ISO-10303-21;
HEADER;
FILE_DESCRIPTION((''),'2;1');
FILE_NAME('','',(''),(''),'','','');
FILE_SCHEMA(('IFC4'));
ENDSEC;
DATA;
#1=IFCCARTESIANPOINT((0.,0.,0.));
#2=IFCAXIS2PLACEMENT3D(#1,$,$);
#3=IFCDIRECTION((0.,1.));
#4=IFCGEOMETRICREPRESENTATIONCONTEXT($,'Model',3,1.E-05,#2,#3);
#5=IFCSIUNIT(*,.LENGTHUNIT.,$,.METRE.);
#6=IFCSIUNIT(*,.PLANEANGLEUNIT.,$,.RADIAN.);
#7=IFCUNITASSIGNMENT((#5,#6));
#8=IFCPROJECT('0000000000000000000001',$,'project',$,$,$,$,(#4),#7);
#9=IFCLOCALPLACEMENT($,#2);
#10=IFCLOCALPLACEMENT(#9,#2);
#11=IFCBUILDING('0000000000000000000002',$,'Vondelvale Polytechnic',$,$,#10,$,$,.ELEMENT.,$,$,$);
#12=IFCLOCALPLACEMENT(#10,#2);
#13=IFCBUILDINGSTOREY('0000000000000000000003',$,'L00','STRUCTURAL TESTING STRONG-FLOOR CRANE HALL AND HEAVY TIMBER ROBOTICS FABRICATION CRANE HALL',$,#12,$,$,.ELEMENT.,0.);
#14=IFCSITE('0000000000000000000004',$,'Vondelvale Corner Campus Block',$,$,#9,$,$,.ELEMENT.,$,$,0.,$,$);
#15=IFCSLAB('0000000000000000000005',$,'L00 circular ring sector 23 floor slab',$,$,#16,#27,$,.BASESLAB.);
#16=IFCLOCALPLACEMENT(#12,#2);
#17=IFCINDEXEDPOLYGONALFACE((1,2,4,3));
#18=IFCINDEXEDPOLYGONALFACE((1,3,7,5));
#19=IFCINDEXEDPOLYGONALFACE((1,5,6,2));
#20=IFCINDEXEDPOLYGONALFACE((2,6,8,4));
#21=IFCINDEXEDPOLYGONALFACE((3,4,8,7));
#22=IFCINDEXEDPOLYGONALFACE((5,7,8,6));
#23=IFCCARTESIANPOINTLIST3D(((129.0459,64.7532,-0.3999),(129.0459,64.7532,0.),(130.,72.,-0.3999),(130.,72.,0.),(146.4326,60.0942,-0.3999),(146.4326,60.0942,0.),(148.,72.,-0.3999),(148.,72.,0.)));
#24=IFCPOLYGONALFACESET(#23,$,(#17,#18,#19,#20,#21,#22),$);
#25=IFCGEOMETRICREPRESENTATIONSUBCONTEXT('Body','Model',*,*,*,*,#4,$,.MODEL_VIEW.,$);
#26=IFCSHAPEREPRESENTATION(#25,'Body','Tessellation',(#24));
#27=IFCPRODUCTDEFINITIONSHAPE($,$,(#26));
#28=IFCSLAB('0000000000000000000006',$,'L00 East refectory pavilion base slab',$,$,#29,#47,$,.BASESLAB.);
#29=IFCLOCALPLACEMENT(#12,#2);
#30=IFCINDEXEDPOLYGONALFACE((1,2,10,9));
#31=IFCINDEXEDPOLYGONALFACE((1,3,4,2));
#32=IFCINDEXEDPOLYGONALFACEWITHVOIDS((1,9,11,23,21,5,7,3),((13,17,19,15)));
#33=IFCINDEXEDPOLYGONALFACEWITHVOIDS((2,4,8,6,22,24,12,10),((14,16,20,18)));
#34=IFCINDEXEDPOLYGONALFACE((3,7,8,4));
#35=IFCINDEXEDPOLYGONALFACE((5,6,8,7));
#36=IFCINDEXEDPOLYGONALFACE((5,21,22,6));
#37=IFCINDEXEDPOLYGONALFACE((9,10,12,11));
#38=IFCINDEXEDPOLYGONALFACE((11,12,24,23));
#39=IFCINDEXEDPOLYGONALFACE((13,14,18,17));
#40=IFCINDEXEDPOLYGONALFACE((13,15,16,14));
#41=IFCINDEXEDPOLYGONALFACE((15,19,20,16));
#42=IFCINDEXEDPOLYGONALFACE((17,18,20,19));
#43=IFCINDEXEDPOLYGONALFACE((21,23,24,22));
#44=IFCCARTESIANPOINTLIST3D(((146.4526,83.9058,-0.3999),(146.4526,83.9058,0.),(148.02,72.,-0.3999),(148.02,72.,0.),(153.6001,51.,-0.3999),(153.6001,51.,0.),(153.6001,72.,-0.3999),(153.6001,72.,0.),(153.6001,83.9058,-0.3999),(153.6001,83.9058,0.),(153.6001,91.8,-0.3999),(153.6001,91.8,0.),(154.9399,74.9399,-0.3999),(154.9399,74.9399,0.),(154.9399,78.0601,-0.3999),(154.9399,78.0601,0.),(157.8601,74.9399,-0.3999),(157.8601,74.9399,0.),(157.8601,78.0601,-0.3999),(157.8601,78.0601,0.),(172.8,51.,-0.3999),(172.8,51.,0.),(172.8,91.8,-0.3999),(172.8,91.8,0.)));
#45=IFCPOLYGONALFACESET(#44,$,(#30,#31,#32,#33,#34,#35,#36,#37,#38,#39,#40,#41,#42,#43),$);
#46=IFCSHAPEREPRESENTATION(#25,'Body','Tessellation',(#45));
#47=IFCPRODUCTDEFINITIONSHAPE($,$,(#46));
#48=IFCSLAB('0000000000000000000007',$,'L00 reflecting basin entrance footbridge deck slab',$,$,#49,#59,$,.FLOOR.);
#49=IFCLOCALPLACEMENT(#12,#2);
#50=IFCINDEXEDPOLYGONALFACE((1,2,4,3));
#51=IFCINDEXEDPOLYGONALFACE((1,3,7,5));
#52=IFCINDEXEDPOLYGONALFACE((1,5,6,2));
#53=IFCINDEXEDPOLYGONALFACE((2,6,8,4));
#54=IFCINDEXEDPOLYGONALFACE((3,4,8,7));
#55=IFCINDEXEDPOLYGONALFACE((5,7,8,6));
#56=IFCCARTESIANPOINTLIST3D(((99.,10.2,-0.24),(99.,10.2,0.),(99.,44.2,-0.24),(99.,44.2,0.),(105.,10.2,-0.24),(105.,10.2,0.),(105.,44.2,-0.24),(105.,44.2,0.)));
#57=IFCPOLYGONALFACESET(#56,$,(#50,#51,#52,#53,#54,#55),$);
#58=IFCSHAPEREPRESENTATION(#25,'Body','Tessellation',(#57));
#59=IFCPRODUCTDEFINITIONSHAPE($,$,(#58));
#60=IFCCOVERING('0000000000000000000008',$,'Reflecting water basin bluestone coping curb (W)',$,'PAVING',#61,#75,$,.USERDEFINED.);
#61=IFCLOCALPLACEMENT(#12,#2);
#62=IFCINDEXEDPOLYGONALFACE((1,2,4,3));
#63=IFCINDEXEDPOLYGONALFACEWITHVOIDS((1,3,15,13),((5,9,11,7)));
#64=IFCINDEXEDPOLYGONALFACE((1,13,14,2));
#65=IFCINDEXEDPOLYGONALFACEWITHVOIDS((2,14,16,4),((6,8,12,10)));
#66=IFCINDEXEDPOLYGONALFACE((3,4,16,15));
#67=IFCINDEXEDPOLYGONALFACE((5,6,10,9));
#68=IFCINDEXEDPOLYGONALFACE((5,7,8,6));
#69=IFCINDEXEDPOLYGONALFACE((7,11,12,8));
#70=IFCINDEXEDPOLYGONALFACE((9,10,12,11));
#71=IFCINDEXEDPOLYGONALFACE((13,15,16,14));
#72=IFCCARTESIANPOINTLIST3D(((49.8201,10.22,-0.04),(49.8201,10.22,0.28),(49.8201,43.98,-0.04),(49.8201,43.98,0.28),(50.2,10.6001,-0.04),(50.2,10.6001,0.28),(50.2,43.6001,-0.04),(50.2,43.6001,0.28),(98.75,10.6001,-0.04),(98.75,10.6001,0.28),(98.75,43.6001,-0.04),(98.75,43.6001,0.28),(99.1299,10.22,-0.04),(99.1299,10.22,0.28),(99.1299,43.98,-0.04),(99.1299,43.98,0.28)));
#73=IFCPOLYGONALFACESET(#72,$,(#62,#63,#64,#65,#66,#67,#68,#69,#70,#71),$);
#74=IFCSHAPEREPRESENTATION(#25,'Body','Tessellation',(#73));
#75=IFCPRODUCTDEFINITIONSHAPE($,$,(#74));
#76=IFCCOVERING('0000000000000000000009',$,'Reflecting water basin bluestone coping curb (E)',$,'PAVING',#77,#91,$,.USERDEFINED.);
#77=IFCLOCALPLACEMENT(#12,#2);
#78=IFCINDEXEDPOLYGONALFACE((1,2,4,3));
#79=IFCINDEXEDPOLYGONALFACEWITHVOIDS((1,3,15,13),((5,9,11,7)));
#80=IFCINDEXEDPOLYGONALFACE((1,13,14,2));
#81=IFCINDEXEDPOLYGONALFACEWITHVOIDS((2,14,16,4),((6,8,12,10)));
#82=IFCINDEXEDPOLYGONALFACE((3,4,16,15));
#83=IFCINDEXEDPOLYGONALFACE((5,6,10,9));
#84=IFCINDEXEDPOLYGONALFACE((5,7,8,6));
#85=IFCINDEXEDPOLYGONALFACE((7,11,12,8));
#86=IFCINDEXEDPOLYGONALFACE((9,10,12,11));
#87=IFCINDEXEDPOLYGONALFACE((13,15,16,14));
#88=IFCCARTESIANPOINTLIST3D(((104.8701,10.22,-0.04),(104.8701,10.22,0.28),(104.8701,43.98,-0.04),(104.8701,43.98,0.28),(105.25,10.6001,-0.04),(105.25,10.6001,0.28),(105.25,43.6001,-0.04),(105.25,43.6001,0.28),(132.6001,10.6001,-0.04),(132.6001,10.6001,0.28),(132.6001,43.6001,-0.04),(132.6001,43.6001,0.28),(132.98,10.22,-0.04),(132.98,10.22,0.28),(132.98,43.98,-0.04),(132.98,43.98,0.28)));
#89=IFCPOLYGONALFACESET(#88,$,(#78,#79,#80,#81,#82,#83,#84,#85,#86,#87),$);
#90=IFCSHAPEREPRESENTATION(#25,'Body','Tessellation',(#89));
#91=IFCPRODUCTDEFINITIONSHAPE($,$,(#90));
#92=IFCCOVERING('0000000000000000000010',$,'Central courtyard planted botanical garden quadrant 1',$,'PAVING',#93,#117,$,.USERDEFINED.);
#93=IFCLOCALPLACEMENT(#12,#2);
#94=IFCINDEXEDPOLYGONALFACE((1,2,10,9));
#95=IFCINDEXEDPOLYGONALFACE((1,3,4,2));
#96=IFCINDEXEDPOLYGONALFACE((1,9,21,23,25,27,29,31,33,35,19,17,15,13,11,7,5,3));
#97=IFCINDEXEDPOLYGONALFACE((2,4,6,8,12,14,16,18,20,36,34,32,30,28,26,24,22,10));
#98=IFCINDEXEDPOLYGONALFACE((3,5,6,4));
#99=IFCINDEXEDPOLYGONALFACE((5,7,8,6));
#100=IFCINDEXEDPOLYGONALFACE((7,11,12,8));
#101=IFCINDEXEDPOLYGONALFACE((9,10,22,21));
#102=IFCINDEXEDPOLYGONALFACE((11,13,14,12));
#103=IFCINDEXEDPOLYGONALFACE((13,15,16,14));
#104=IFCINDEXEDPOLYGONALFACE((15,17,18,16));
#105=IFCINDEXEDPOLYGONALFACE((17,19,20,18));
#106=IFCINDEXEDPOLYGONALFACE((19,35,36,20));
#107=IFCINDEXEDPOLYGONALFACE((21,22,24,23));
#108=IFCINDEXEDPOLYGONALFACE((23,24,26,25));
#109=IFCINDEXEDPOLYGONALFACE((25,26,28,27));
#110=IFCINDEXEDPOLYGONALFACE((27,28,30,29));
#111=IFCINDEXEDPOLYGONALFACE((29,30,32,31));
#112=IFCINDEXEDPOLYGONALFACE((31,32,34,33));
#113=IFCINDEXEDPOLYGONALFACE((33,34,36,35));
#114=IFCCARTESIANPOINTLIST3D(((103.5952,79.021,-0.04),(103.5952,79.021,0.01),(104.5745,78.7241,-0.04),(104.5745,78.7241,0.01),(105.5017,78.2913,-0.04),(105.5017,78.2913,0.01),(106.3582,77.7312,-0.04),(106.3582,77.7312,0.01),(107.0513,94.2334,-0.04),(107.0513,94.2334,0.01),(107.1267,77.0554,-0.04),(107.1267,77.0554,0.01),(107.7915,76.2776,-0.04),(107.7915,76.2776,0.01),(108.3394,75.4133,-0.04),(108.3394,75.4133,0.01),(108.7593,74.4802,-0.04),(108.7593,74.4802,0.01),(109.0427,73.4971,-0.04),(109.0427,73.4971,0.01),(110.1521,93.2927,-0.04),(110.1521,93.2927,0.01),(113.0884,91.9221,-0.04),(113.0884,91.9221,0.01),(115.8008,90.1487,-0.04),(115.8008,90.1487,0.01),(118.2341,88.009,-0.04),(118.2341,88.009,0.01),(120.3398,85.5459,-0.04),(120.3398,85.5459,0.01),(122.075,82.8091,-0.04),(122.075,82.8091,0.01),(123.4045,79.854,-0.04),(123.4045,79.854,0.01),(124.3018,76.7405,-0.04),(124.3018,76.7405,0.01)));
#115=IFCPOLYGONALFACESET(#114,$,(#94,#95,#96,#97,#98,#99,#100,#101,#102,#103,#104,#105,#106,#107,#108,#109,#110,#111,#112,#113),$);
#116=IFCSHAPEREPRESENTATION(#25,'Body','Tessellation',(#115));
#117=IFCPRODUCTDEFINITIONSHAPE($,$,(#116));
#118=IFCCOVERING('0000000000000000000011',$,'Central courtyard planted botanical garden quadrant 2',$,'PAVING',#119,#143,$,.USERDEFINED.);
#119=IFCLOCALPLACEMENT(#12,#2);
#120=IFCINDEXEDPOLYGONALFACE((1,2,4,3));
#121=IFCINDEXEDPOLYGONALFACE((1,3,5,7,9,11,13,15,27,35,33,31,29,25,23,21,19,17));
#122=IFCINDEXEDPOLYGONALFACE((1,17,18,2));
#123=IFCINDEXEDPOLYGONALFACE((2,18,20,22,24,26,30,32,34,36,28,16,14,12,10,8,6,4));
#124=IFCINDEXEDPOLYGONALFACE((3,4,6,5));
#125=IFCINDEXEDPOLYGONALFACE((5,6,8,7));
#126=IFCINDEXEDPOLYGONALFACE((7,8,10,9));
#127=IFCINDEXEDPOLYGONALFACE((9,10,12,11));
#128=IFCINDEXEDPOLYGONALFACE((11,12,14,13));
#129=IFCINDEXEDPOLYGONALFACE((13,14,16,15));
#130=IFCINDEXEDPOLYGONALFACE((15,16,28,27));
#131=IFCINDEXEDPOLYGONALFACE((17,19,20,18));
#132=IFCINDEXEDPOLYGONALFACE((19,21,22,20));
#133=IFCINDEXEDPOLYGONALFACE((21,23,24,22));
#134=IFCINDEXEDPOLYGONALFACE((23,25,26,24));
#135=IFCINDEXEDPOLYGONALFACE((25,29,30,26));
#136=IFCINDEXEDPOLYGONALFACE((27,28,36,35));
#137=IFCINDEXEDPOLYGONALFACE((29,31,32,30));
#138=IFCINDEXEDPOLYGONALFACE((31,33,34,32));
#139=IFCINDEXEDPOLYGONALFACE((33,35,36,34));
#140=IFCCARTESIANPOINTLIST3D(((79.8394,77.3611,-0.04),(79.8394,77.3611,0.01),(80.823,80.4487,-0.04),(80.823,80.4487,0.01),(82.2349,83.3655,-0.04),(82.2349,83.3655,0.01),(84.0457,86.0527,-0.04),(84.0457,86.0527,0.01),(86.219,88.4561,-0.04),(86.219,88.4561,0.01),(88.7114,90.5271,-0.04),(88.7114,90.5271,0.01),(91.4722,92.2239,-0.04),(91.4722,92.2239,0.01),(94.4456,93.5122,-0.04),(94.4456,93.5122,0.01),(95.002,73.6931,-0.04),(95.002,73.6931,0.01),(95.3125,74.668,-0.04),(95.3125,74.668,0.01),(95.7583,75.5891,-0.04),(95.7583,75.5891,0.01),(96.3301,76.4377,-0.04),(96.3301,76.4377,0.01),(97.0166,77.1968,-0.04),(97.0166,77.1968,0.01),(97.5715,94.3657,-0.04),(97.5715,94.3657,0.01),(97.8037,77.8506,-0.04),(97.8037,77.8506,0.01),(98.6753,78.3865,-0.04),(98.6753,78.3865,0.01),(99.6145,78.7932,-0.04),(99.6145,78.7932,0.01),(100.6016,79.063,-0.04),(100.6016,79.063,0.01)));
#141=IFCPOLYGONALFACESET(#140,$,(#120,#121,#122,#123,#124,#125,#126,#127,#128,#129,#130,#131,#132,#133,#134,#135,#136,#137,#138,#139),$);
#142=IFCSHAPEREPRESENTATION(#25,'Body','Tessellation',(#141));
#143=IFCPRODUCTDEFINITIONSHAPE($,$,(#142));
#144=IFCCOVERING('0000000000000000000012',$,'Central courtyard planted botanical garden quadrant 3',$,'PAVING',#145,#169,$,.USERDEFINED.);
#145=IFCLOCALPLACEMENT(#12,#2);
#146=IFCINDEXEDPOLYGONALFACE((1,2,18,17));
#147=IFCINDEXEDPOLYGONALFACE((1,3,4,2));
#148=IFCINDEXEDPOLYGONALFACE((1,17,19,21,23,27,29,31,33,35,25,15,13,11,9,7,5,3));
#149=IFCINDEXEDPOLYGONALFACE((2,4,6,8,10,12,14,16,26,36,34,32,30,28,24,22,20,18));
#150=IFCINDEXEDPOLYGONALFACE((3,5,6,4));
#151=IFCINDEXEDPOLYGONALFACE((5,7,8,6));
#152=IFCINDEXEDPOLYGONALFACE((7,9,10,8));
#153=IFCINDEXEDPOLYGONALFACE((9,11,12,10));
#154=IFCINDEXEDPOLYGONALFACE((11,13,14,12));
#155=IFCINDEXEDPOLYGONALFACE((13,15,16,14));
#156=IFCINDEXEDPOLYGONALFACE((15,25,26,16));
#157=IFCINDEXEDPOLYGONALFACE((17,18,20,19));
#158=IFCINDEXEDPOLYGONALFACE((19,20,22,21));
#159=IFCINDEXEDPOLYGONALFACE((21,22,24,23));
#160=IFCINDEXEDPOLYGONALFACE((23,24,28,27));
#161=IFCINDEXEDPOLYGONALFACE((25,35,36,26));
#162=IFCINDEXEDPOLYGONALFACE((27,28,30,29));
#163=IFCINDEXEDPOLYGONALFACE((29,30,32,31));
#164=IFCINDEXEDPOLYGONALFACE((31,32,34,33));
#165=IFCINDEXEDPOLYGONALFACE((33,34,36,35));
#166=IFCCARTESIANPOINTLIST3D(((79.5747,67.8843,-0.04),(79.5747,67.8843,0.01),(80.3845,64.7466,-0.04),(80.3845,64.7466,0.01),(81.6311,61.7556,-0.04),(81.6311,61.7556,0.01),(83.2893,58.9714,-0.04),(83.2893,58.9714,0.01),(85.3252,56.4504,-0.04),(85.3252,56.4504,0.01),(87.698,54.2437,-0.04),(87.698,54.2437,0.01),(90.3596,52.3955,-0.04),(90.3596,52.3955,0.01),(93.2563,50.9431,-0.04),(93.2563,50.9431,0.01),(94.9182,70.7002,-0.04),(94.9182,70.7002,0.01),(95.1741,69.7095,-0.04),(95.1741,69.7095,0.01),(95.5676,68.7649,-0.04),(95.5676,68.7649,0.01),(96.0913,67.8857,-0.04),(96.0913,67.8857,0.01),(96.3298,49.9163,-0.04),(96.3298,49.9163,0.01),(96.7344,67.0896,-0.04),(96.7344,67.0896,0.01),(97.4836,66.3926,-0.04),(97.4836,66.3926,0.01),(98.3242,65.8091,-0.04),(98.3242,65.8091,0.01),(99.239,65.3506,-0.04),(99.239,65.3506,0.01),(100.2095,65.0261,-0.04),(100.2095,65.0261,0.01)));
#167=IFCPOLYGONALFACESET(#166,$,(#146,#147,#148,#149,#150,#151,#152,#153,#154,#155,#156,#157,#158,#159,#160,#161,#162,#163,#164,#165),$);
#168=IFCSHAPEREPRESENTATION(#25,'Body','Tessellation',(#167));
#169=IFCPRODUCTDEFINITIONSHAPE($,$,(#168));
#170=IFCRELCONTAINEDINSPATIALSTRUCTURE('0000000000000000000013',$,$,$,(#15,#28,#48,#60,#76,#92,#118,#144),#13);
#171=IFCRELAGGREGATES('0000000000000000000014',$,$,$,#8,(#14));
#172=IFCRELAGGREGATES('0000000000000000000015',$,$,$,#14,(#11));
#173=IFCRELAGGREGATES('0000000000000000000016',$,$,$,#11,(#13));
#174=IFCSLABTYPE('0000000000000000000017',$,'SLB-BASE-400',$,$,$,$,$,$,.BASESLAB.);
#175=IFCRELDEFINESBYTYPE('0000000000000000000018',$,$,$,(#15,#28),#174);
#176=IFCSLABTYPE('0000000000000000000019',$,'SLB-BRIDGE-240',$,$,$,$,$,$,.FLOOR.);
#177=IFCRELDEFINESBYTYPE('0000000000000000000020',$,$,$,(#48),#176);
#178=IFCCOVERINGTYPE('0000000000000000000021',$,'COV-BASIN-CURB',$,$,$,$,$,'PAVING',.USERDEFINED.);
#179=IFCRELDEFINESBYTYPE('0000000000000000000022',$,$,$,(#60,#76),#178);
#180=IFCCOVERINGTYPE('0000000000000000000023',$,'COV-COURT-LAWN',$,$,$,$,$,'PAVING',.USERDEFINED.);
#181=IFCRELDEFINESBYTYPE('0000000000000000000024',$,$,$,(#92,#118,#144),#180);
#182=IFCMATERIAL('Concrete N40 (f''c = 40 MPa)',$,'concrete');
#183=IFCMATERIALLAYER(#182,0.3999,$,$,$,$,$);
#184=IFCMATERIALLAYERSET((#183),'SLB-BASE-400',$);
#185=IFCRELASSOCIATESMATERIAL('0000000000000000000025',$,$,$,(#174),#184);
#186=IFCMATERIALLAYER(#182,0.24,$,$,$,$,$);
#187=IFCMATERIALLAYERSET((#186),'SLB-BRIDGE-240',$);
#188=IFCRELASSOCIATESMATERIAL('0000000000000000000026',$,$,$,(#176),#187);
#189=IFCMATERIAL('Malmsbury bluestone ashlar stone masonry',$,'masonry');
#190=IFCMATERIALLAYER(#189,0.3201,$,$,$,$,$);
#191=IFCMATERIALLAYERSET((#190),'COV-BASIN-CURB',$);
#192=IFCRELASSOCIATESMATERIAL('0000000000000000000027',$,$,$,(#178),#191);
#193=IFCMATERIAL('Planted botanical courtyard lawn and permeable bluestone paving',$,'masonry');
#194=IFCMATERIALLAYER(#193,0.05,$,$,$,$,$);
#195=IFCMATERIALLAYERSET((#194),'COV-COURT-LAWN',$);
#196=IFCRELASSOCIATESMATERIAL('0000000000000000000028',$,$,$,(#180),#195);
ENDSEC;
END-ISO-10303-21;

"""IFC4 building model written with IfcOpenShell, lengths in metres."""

from ifc_helpers import new_model, si_unit, direction, frame, origin, place, context, subcontext, project, spatial, polyline, outline, extrude, material, layer, layer_set, type_object, element, save


model = new_model("IFC4")

# Units and contexts
model_context = context("Model", 3, precision=1e-05, world=origin(), true_north=direction((0.0, 1.0)))
body_context = subcontext(model_context, "Body", "Model", "MODEL_VIEW")
ifc_project = project(units=[si_unit("LENGTHUNIT", "METRE"), si_unit("PLANEANGLEUNIT", "RADIAN")], contexts=[model_context])

# Site, building, storey
site_placement = place(None, origin())
site = spatial("IfcSite", under=ifc_project, at=site_placement, Name="Vondelvale Corner Campus Block", CompositionType="ELEMENT", RefElevation=0.0)
building_placement = place(site_placement, origin())
building = spatial("IfcBuilding", under=site, at=building_placement, Name="Vondelvale Polytechnic", CompositionType="ELEMENT")
storey_placement = place(building_placement, origin())
storey = spatial("IfcBuildingStorey", under=building, at=storey_placement, Name="L00", Description="STRUCTURAL TESTING STRONG-FLOOR CRANE HALL AND HEAVY TIMBER ROBOTICS FABRICATION CRANE HALL", CompositionType="ELEMENT", Elevation=0.0)

# Slabs
ifc_material_1 = material(Name="Concrete N40 (f'c = 40 MPa)", Category="concrete")
ifc_layer_1 = layer(ifc_material_1, 0.3999)
ifc_layer_set_1 = layer_set([ifc_layer_1], Name="SLB-BASE-400")
slab_type_1 = type_object("IfcSlabType", Name="SLB-BASE-400", PredefinedType="BASESLAB", material=ifc_layer_set_1)
slab_1_placement = place(storey_placement, frame((0.0, 0.0, -0.3999)))
element("IfcSlab", 1, at=slab_1_placement, inside=storey, type_object=slab_type_1, Name="L00 circular ring sector 23 floor slab", PredefinedType="BASESLAB", context=body_context, shape_type="SweptSolid", body=[
    extrude(outline(polyline([(129.0459, 64.7532), (146.4326, 60.0942), (148.0, 72.0), (130.0, 72.0), (129.0459, 64.7532)])), origin(), (0.0, 0.0, 1.0), 0.3999),
])
slab_2_placement = place(storey_placement, frame((0.0, 0.0, -0.3999)))
element("IfcSlab", 2, at=slab_2_placement, inside=storey, type_object=slab_type_1, Name="L00 East refectory pavilion base slab", PredefinedType="BASESLAB", context=body_context, shape_type="SweptSolid", body=[
    extrude(outline(polyline([(153.6001, 51.0), (172.8, 51.0), (172.8, 91.8), (153.6001, 91.8), (153.6001, 83.9058), (146.4526, 83.9058), (148.02, 72.0), (153.6001, 72.0), (153.6001, 51.0)]), holes=[polyline([(154.9399, 74.9399), (157.8601, 74.9399), (157.8601, 78.0601), (154.9399, 78.0601), (154.9399, 74.9399)])]), origin(), (0.0, 0.0, 1.0), 0.3999),
])
ifc_layer_2 = layer(ifc_material_1, 0.24)
ifc_layer_set_2 = layer_set([ifc_layer_2], Name="SLB-BRIDGE-240")
slab_type_2 = type_object("IfcSlabType", Name="SLB-BRIDGE-240", PredefinedType="FLOOR", material=ifc_layer_set_2)
slab_3_placement = place(storey_placement, frame((0.0, 0.0, -0.24)))
element("IfcSlab", 3, at=slab_3_placement, inside=storey, type_object=slab_type_2, Name="L00 reflecting basin entrance footbridge deck slab", PredefinedType="FLOOR", context=body_context, shape_type="SweptSolid", body=[
    extrude(outline(polyline([(99.0, 10.2), (105.0, 10.2), (105.0, 44.2), (99.0, 44.2), (99.0, 10.2)])), origin(), (0.0, 0.0, 1.0), 0.24),
])

# Coverings
ifc_material_2 = material(Name="Malmsbury bluestone ashlar stone masonry", Category="masonry")
ifc_layer_3 = layer(ifc_material_2, 0.3201)
ifc_layer_set_3 = layer_set([ifc_layer_3], Name="COV-BASIN-CURB")
covering_type_1 = type_object("IfcCoveringType", Name="COV-BASIN-CURB", ElementType="PAVING", PredefinedType="USERDEFINED", material=ifc_layer_set_3)
covering_1_placement = place(storey_placement, frame((0.0, 0.0, -0.04)))
element("IfcCovering", 4, at=covering_1_placement, inside=storey, type_object=covering_type_1, Name="Reflecting water basin bluestone coping curb (W)", ObjectType="PAVING", PredefinedType="USERDEFINED", context=body_context, shape_type="SweptSolid", body=[
    extrude(outline(polyline([(49.8201, 10.22), (99.1299, 10.22), (99.1299, 43.98), (49.8201, 43.98), (49.8201, 10.22)]), holes=[polyline([(50.2, 10.6001), (98.75, 10.6001), (98.75, 43.6001), (50.2, 43.6001), (50.2, 10.6001)])]), origin(), (0.0, 0.0, 1.0), 0.3201),
])
covering_2_placement = place(storey_placement, frame((0.0, 0.0, -0.04)))
element("IfcCovering", 5, at=covering_2_placement, inside=storey, type_object=covering_type_1, Name="Reflecting water basin bluestone coping curb (E)", ObjectType="PAVING", PredefinedType="USERDEFINED", context=body_context, shape_type="SweptSolid", body=[
    extrude(outline(polyline([(104.8701, 10.22), (132.98, 10.22), (132.98, 43.98), (104.8701, 43.98), (104.8701, 10.22)]), holes=[polyline([(105.25, 10.6001), (132.6001, 10.6001), (132.6001, 43.6001), (105.25, 43.6001), (105.25, 10.6001)])]), origin(), (0.0, 0.0, 1.0), 0.3201),
])
ifc_material_3 = material(Name="Planted botanical courtyard lawn and permeable bluestone paving", Category="masonry")
ifc_layer_4 = layer(ifc_material_3, 0.05)
ifc_layer_set_4 = layer_set([ifc_layer_4], Name="COV-COURT-LAWN")
covering_type_2 = type_object("IfcCoveringType", Name="COV-COURT-LAWN", ElementType="PAVING", PredefinedType="USERDEFINED", material=ifc_layer_set_4)
covering_3_placement = place(storey_placement, frame((0.0, 0.0, -0.04)))
element("IfcCovering", 6, at=covering_3_placement, inside=storey, type_object=covering_type_2, Name="Central courtyard planted botanical garden quadrant 1", ObjectType="PAVING", PredefinedType="USERDEFINED", context=body_context, shape_type="SweptSolid", body=[
    extrude(outline(polyline([(124.3018, 76.7405), (123.4045, 79.854), (122.075, 82.8091), (120.3398, 85.5459), (118.2341, 88.009), (115.8008, 90.1487), (113.0884, 91.9221), (110.1521, 93.2927), (107.0513, 94.2334), (103.5952, 79.021), (104.5745, 78.7241), (105.5017, 78.2913), (106.3582, 77.7312), (107.1267, 77.0554), (107.7915, 76.2776), (108.3394, 75.4133), (108.7593, 74.4802), (109.0427, 73.4971), (124.3018, 76.7405)])), origin(), (0.0, 0.0, 1.0), 0.05),
])
covering_4_placement = place(storey_placement, frame((0.0, 0.0, -0.04)))
element("IfcCovering", 7, at=covering_4_placement, inside=storey, type_object=covering_type_2, Name="Central courtyard planted botanical garden quadrant 2", ObjectType="PAVING", PredefinedType="USERDEFINED", context=body_context, shape_type="SweptSolid", body=[
    extrude(outline(polyline([(97.5715, 94.3657), (94.4456, 93.5122), (91.4722, 92.2239), (88.7114, 90.5271), (86.219, 88.4561), (84.0457, 86.0527), (82.2349, 83.3655), (80.823, 80.4487), (79.8394, 77.3611), (95.002, 73.6931), (95.3125, 74.668), (95.7583, 75.5891), (96.3301, 76.4377), (97.0166, 77.1968), (97.8037, 77.8506), (98.6753, 78.3865), (99.6145, 78.7932), (100.6016, 79.063), (97.5715, 94.3657)])), origin(), (0.0, 0.0, 1.0), 0.05),
])
covering_5_placement = place(storey_placement, frame((0.0, 0.0, -0.04)))
element("IfcCovering", 8, at=covering_5_placement, inside=storey, type_object=covering_type_2, Name="Central courtyard planted botanical garden quadrant 3", ObjectType="PAVING", PredefinedType="USERDEFINED", context=body_context, shape_type="SweptSolid", body=[
    extrude(outline(polyline([(79.5747, 67.8843), (80.3845, 64.7466), (81.6311, 61.7556), (83.2893, 58.9714), (85.3252, 56.4504), (87.698, 54.2437), (90.3596, 52.3955), (93.2563, 50.9431), (96.3298, 49.9163), (100.2095, 65.0261), (99.239, 65.3506), (98.3242, 65.8091), (97.4836, 66.3926), (96.7344, 67.0896), (96.0913, 67.8857), (95.5676, 68.7649), (95.1741, 69.7095), (94.9182, 70.7002), (79.5747, 67.8843)])), origin(), (0.0, 0.0, 1.0), 0.05),
])

save(model, "model.ifc")
